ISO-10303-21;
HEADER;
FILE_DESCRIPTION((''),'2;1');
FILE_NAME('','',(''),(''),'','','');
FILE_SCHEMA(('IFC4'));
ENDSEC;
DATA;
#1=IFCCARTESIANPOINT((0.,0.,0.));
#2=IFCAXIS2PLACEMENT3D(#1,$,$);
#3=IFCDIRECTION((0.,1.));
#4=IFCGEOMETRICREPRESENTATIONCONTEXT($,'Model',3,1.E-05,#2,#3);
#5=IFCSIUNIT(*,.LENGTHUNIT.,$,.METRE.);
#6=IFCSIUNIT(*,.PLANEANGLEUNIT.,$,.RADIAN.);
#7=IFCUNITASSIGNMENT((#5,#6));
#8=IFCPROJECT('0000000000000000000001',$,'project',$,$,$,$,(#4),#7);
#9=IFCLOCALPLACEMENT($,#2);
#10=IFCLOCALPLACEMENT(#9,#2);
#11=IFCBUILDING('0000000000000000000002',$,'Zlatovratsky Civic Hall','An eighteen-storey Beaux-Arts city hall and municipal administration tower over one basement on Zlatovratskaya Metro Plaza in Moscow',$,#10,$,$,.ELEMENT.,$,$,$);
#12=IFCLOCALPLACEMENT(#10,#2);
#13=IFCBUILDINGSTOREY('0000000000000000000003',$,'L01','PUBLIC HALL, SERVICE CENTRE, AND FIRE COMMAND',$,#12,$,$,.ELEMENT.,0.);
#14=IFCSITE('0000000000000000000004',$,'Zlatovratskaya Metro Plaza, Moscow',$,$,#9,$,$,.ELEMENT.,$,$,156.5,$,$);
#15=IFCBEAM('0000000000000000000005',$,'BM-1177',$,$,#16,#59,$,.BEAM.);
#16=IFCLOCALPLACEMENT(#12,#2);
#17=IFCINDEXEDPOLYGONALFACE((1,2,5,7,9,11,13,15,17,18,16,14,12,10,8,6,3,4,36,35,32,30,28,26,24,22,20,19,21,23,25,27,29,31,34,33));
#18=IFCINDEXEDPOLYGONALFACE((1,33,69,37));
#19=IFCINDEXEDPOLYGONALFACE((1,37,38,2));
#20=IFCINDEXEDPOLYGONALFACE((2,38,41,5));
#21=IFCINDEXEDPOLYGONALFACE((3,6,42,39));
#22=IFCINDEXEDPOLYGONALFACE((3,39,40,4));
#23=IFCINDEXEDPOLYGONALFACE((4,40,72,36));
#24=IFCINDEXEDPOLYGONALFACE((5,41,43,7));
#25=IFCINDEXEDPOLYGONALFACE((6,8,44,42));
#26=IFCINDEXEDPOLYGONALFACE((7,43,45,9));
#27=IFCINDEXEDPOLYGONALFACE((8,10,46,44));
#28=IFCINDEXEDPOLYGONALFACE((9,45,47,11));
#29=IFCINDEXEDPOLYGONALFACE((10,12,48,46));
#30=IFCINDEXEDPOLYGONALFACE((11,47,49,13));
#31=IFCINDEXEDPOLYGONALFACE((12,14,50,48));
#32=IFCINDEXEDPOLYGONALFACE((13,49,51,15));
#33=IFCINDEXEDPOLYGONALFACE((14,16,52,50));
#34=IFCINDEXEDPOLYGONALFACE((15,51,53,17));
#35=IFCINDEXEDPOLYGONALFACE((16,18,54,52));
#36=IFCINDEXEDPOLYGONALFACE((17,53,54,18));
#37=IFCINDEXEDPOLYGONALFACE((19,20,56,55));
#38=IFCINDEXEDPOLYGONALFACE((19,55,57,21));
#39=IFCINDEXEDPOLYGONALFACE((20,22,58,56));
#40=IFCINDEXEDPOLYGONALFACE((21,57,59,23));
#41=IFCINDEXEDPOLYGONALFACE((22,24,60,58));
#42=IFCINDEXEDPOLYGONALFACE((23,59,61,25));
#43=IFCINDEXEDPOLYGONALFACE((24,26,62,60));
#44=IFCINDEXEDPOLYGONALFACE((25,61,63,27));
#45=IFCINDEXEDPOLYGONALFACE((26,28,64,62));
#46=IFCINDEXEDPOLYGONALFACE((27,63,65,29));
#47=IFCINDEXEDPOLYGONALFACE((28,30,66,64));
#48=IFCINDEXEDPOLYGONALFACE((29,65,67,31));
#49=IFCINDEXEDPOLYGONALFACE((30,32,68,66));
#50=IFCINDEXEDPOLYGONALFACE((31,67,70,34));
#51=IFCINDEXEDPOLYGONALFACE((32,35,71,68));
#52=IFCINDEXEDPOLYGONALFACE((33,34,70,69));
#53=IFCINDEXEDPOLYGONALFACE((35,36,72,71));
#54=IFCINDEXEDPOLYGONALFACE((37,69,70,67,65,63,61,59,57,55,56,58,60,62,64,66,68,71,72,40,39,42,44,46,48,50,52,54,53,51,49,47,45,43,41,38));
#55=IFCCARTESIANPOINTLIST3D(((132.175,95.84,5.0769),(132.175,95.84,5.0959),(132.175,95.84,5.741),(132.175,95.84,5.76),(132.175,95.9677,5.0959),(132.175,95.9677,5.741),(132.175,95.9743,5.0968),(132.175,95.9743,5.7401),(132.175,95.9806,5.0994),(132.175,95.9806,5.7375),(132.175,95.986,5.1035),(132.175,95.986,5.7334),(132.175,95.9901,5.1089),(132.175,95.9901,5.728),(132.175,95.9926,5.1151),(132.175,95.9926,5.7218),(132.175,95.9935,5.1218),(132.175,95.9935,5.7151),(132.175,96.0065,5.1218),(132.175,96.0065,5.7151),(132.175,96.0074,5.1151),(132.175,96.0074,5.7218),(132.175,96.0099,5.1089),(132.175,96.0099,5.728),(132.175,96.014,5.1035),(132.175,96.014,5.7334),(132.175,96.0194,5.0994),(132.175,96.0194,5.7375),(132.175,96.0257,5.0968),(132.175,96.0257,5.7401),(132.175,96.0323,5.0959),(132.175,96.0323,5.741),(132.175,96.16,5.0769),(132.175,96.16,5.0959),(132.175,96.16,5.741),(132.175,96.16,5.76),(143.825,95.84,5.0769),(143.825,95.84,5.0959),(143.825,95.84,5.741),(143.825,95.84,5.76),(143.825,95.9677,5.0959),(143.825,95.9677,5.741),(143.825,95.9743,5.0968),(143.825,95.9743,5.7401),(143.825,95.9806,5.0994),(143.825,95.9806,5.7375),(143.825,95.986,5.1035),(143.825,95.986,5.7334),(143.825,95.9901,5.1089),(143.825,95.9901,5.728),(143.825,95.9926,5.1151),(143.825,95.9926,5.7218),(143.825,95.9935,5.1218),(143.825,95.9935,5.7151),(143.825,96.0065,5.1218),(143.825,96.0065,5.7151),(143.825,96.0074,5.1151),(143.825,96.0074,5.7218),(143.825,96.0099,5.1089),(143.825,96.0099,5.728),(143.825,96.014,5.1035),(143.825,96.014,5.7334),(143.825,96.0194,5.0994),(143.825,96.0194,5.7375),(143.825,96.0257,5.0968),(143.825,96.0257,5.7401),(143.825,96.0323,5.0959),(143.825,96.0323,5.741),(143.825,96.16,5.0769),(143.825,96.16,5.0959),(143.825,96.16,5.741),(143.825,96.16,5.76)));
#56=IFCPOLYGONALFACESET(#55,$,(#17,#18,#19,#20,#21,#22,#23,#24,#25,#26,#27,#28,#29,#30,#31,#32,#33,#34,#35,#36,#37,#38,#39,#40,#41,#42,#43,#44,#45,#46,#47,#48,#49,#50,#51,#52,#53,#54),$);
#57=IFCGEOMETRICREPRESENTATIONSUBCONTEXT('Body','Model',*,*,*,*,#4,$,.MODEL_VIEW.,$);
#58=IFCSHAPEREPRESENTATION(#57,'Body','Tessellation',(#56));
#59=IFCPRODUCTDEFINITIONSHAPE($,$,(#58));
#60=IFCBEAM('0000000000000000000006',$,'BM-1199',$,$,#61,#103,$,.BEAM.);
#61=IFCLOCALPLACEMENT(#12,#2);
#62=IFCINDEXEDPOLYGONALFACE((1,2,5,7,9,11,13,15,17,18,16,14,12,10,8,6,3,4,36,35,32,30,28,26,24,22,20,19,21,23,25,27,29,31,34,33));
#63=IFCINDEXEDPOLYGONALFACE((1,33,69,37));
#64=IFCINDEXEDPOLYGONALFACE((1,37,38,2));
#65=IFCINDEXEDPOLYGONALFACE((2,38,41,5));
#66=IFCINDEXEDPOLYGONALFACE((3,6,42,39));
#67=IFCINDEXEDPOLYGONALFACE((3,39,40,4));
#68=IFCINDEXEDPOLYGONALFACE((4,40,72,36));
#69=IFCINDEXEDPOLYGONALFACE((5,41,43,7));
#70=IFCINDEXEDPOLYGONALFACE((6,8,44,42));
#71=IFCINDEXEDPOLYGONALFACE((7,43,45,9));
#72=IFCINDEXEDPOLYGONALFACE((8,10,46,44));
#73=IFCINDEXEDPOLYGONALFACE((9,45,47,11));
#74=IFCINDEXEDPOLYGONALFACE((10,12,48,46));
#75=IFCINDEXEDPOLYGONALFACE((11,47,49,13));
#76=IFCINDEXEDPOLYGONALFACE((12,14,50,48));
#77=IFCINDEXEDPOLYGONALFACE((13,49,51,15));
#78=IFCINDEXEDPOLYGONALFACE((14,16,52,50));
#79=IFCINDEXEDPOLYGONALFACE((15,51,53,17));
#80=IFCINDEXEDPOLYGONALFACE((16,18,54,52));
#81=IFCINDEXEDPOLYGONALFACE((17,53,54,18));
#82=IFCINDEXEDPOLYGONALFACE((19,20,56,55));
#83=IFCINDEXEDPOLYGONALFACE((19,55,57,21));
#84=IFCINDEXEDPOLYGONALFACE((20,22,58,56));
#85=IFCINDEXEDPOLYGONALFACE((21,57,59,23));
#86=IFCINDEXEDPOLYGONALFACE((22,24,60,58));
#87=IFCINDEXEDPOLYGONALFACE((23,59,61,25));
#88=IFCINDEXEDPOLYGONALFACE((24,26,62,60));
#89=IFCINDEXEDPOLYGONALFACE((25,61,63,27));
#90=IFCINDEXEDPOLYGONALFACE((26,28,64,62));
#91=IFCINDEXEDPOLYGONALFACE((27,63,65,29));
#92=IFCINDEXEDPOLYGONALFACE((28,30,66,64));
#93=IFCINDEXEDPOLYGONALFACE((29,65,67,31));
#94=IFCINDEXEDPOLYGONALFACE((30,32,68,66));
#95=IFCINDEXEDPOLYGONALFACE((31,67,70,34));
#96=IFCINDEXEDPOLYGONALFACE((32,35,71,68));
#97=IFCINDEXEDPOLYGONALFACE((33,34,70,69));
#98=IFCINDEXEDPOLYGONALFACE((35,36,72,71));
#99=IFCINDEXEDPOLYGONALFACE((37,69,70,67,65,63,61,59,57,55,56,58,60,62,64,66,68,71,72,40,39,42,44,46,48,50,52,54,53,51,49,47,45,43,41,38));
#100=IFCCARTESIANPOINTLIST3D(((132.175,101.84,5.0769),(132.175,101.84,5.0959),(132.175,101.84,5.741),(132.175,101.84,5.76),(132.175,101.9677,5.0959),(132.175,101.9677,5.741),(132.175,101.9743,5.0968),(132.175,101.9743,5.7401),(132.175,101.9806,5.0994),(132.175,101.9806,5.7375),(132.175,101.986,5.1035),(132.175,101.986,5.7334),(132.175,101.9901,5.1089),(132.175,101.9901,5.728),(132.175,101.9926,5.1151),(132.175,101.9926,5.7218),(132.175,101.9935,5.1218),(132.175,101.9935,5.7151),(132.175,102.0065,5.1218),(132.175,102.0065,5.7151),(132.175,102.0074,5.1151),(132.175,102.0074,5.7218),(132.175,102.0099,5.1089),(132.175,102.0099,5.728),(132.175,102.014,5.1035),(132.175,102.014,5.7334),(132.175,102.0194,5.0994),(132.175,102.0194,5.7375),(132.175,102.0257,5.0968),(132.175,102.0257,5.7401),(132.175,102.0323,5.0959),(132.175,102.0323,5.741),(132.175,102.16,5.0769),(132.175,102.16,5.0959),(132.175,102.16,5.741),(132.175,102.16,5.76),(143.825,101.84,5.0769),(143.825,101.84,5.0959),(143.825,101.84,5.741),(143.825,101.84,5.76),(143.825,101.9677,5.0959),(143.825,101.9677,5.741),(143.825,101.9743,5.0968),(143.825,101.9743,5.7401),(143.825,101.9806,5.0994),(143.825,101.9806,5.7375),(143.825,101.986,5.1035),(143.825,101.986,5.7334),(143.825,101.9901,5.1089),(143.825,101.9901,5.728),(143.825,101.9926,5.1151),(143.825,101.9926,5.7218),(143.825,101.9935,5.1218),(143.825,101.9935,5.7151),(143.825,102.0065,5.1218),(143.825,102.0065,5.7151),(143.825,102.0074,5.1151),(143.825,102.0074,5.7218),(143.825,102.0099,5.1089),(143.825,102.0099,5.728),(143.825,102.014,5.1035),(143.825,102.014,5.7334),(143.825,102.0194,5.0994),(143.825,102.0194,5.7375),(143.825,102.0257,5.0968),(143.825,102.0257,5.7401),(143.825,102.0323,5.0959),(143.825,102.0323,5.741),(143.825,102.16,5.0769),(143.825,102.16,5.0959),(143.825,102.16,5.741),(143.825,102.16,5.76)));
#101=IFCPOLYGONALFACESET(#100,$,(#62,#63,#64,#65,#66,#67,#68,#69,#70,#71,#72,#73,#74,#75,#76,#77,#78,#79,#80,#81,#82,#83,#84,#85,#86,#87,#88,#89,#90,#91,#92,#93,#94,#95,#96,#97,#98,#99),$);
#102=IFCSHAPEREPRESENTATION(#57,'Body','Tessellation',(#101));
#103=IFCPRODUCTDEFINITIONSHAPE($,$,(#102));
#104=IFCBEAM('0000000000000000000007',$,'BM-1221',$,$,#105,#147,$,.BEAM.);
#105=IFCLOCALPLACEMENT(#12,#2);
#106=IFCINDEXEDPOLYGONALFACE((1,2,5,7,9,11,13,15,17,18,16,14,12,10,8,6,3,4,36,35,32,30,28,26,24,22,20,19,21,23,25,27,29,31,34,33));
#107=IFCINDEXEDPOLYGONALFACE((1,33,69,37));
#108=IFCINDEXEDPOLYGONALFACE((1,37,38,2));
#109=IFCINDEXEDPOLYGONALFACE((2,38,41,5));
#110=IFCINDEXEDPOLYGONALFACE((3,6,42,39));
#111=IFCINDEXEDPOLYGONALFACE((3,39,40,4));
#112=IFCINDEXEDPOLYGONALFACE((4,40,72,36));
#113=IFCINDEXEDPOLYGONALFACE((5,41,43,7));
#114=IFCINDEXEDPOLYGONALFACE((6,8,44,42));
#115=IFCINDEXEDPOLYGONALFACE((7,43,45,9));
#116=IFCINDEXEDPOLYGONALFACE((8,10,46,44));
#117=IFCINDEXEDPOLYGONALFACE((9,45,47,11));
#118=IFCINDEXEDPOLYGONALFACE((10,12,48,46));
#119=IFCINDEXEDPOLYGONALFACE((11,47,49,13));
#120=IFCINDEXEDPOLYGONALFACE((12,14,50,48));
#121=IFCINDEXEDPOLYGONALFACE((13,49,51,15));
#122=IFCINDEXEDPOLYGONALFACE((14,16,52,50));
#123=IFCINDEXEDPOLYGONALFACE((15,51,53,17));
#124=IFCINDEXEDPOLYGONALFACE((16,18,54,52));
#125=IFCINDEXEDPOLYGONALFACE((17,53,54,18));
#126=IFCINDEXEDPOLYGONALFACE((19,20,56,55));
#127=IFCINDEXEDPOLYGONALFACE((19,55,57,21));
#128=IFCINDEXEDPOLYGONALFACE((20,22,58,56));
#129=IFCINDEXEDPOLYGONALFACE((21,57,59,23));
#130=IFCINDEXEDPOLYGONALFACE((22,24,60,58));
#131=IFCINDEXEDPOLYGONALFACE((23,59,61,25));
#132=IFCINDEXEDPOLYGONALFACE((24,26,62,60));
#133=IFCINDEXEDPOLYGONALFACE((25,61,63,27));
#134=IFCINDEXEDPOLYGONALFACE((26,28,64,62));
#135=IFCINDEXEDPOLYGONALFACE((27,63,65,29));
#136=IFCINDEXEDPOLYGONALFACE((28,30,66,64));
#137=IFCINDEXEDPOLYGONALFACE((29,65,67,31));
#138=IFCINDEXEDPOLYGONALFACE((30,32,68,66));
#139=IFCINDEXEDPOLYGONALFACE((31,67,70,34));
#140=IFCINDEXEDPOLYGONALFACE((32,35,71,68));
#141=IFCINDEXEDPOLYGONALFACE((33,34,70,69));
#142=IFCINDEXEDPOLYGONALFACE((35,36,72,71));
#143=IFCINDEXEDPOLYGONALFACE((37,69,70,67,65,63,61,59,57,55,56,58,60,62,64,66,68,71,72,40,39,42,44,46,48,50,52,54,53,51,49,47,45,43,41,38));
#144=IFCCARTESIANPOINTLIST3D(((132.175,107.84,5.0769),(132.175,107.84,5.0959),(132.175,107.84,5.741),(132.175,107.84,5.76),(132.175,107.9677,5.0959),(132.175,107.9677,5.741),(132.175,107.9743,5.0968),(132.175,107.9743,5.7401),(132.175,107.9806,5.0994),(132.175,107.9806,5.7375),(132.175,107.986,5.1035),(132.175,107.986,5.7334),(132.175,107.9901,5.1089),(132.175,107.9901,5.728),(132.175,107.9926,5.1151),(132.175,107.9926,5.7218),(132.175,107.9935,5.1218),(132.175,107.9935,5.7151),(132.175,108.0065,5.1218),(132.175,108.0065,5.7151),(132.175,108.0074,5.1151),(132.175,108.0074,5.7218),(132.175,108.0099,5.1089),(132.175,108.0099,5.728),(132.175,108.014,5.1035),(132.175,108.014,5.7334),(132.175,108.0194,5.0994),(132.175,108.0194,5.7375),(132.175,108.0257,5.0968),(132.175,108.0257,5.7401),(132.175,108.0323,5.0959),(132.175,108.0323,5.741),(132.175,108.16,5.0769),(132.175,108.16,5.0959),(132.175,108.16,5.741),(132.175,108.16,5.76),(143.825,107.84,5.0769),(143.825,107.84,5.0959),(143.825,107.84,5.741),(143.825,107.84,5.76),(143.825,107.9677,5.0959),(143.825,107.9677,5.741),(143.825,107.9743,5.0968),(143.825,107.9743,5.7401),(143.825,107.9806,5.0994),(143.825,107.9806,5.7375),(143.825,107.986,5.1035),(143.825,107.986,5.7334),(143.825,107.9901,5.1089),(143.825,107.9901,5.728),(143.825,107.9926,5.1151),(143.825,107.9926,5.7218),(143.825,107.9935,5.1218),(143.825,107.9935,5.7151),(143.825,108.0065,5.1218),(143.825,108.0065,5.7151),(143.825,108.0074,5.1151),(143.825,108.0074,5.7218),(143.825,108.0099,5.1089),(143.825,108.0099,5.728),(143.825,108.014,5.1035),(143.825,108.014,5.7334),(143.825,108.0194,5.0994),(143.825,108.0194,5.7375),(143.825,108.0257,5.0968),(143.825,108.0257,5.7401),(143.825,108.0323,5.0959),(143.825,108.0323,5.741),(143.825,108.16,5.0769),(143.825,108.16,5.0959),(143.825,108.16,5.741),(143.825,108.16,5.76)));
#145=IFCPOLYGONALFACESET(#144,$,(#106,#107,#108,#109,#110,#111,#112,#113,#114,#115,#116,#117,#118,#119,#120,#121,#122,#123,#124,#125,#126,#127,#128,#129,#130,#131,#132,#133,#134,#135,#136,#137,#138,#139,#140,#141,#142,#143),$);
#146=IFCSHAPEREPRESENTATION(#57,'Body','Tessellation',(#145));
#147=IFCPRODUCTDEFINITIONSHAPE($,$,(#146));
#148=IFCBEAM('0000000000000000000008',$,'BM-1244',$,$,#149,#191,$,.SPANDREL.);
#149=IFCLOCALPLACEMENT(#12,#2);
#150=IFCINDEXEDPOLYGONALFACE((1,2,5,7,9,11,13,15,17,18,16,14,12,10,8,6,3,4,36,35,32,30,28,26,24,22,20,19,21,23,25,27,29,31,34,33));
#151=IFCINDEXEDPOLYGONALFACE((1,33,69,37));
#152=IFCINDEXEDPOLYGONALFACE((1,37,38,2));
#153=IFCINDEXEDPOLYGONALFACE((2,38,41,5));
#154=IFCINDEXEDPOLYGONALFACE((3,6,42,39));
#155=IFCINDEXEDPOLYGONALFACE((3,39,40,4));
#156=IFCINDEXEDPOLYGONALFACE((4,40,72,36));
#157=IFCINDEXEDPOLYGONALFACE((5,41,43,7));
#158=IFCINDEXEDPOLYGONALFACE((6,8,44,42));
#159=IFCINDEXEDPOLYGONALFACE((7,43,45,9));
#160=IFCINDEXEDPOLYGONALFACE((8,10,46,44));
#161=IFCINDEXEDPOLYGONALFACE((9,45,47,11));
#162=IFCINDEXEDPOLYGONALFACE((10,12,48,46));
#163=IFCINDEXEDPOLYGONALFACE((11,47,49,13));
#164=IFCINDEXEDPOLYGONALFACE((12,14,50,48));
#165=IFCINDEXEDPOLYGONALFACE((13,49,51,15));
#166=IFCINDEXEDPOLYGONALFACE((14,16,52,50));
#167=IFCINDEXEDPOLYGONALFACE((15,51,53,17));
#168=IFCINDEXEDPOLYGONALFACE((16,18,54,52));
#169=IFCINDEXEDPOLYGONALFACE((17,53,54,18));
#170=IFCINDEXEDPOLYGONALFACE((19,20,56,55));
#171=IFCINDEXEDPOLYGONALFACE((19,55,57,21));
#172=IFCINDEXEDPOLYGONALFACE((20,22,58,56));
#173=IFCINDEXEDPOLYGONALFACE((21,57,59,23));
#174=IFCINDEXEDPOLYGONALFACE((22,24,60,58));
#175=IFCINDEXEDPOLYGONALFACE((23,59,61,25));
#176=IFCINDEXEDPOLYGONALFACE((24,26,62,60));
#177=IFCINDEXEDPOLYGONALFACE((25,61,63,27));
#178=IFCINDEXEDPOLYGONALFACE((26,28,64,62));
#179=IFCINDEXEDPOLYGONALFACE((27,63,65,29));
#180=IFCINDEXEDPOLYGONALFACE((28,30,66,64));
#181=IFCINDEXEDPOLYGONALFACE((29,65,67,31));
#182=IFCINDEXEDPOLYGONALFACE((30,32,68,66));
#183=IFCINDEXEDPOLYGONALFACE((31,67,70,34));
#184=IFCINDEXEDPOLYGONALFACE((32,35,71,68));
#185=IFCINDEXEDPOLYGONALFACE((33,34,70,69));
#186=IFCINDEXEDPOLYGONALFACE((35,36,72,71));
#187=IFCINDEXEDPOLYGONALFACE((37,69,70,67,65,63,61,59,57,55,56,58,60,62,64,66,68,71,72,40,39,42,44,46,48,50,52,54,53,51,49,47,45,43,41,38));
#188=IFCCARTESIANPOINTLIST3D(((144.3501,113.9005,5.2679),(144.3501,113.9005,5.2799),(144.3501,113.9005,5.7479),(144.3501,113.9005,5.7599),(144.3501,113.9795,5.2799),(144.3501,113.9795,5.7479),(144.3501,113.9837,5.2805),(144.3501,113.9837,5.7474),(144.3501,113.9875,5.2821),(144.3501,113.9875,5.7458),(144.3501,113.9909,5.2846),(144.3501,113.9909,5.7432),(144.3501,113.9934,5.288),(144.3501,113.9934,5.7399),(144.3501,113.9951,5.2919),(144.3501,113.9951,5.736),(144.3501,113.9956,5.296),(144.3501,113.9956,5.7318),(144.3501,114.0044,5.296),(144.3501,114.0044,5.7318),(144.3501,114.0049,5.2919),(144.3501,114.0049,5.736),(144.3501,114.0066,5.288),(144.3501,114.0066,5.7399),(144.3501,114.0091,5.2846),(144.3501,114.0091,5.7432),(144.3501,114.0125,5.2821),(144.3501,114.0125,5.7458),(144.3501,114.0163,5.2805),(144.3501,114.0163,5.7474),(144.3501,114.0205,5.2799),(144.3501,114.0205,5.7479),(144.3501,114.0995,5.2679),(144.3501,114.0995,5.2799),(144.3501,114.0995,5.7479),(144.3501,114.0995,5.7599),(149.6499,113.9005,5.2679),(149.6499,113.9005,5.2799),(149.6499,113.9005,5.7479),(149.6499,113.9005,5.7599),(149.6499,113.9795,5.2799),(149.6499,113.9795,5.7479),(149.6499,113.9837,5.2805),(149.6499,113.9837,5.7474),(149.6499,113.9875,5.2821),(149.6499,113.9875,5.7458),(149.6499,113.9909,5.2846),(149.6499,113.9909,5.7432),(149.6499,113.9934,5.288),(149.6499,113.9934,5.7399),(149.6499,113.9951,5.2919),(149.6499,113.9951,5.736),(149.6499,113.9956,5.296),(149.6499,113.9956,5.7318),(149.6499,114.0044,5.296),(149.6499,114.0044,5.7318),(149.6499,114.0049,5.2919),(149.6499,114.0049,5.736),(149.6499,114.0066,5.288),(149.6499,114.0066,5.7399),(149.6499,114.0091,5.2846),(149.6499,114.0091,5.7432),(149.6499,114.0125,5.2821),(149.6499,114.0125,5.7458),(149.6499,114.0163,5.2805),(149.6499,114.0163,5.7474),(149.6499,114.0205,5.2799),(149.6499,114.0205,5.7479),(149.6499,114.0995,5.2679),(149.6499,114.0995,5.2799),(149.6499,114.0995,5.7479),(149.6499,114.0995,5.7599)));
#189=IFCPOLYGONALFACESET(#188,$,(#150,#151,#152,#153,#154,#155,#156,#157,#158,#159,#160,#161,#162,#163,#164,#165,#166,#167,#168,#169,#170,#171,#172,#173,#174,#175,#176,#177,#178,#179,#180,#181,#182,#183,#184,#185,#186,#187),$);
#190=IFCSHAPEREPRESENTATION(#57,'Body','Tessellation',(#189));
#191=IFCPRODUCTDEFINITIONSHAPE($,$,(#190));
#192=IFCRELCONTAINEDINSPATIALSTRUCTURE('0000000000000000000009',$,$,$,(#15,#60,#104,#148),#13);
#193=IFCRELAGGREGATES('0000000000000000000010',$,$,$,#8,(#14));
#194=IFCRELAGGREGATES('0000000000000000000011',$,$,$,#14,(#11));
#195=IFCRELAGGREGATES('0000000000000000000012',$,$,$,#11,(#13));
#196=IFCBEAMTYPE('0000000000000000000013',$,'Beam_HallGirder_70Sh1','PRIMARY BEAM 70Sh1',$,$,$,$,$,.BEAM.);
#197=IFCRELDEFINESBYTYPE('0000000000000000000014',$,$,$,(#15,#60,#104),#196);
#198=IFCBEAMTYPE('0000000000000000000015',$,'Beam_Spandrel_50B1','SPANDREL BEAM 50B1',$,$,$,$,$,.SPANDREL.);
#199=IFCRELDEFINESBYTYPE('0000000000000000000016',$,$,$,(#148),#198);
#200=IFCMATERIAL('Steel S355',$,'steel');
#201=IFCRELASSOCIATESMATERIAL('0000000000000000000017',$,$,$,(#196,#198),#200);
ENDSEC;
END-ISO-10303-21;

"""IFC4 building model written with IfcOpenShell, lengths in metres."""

from ifc_helpers import new_model, si_unit, direction, frame, origin, origin_2d, place, context, subcontext, project, spatial, i_section, extrude, material, material_profile, profile_set, type_object, element, save


model = new_model("IFC4")

# Units and contexts
model_context = context("Model", 3, precision=1e-05, world=origin(), true_north=direction((0.0, 1.0)))
body_context = subcontext(model_context, "Body", "Model", "MODEL_VIEW")
ifc_project = project(units=[si_unit("LENGTHUNIT", "METRE"), si_unit("PLANEANGLEUNIT", "RADIAN")], contexts=[model_context])

# Site, building, storey
site_placement = place(None, origin())
site = spatial("IfcSite", under=ifc_project, at=site_placement, Name="Zlatovratskaya Metro Plaza, Moscow", CompositionType="ELEMENT", RefElevation=156.5)
building_placement = place(site_placement, origin())
building = spatial("IfcBuilding", under=site, at=building_placement, Name="Zlatovratsky Civic Hall", Description="An eighteen-storey Beaux-Arts city hall and municipal administration tower over one basement on Zlatovratskaya Metro Plaza in Moscow", CompositionType="ELEMENT")
storey_placement = place(building_placement, origin())
storey = spatial("IfcBuildingStorey", under=building, at=storey_placement, Name="L01", Description="PUBLIC HALL, SERVICE CENTRE, AND FIRE COMMAND", CompositionType="ELEMENT", Elevation=0.0)

# Shared definitions
ifc_material_1 = material(Name="Steel S355", Category="steel")

# Beams
ifc_material_profile_1 = material_profile(ifc_material_1, i_section(OverallWidth=0.3201, OverallDepth=0.6831, WebThickness=0.0129, FlangeThickness=0.019, FilletRadius=0.0259, at=origin_2d()), Name="70Sh1")
ifc_profile_set_1 = profile_set([ifc_material_profile_1], Name="Steel S355")
beam_type_1 = type_object("IfcBeamType", Name="Beam_HallGirder_70Sh1", Description="PRIMARY BEAM 70Sh1", PredefinedType="BEAM", material=ifc_profile_set_1)
for number, where, z_axis, x_axis, name in (
    (1, (132.175, 96.0, 5.4185), (1.0, 0.0, 0.0), (0.0, 1.0, 0.0), "BM-1177"),
    (2, (132.175, 102.0, 5.4185), (1.0, 0.0, 0.0), (0.0, 1.0, 0.0), "BM-1199"),
    (3, (132.175, 108.0, 5.4185), (1.0, 0.0, 0.0), (0.0, 1.0, 0.0), "BM-1221"),
):
    element("IfcBeam", number, at=place(storey_placement, frame(where, z_axis=z_axis, x_axis=x_axis)), inside=storey, type_object=beam_type_1, Name=name, PredefinedType="BEAM", context=body_context, shape_type="SweptSolid", body=[
        extrude(i_section(OverallWidth=0.3201, OverallDepth=0.6831, WebThickness=0.0129, FlangeThickness=0.019, FilletRadius=0.0259, at=origin_2d()), origin(), (0.0, 0.0, 1.0), 11.6499),
    ])
ifc_material_profile_2 = material_profile(ifc_material_1, i_section(OverallWidth=0.199, OverallDepth=0.4919, WebThickness=0.0088, FlangeThickness=0.012, FilletRadius=0.0161, at=origin_2d()), Name="50B1")
ifc_profile_set_2 = profile_set([ifc_material_profile_2], Name="Steel S355")
beam_type_2 = type_object("IfcBeamType", Name="Beam_Spandrel_50B1", Description="SPANDREL BEAM 50B1", PredefinedType="SPANDREL", material=ifc_profile_set_2)
beam_1_placement = place(storey_placement, frame((144.3501, 114.0, 5.5139), z_axis=(1.0, 0.0, 0.0), x_axis=(0.0, 1.0, 0.0)))
element("IfcBeam", 4, at=beam_1_placement, inside=storey, type_object=beam_type_2, Name="BM-1244", PredefinedType="SPANDREL", context=body_context, shape_type="SweptSolid", body=[
    extrude(i_section(OverallWidth=0.199, OverallDepth=0.4919, WebThickness=0.0088, FlangeThickness=0.012, FilletRadius=0.0161, at=origin_2d()), origin(), (0.0, 0.0, 1.0), 5.2998),
])

save(model, "model.ifc")
